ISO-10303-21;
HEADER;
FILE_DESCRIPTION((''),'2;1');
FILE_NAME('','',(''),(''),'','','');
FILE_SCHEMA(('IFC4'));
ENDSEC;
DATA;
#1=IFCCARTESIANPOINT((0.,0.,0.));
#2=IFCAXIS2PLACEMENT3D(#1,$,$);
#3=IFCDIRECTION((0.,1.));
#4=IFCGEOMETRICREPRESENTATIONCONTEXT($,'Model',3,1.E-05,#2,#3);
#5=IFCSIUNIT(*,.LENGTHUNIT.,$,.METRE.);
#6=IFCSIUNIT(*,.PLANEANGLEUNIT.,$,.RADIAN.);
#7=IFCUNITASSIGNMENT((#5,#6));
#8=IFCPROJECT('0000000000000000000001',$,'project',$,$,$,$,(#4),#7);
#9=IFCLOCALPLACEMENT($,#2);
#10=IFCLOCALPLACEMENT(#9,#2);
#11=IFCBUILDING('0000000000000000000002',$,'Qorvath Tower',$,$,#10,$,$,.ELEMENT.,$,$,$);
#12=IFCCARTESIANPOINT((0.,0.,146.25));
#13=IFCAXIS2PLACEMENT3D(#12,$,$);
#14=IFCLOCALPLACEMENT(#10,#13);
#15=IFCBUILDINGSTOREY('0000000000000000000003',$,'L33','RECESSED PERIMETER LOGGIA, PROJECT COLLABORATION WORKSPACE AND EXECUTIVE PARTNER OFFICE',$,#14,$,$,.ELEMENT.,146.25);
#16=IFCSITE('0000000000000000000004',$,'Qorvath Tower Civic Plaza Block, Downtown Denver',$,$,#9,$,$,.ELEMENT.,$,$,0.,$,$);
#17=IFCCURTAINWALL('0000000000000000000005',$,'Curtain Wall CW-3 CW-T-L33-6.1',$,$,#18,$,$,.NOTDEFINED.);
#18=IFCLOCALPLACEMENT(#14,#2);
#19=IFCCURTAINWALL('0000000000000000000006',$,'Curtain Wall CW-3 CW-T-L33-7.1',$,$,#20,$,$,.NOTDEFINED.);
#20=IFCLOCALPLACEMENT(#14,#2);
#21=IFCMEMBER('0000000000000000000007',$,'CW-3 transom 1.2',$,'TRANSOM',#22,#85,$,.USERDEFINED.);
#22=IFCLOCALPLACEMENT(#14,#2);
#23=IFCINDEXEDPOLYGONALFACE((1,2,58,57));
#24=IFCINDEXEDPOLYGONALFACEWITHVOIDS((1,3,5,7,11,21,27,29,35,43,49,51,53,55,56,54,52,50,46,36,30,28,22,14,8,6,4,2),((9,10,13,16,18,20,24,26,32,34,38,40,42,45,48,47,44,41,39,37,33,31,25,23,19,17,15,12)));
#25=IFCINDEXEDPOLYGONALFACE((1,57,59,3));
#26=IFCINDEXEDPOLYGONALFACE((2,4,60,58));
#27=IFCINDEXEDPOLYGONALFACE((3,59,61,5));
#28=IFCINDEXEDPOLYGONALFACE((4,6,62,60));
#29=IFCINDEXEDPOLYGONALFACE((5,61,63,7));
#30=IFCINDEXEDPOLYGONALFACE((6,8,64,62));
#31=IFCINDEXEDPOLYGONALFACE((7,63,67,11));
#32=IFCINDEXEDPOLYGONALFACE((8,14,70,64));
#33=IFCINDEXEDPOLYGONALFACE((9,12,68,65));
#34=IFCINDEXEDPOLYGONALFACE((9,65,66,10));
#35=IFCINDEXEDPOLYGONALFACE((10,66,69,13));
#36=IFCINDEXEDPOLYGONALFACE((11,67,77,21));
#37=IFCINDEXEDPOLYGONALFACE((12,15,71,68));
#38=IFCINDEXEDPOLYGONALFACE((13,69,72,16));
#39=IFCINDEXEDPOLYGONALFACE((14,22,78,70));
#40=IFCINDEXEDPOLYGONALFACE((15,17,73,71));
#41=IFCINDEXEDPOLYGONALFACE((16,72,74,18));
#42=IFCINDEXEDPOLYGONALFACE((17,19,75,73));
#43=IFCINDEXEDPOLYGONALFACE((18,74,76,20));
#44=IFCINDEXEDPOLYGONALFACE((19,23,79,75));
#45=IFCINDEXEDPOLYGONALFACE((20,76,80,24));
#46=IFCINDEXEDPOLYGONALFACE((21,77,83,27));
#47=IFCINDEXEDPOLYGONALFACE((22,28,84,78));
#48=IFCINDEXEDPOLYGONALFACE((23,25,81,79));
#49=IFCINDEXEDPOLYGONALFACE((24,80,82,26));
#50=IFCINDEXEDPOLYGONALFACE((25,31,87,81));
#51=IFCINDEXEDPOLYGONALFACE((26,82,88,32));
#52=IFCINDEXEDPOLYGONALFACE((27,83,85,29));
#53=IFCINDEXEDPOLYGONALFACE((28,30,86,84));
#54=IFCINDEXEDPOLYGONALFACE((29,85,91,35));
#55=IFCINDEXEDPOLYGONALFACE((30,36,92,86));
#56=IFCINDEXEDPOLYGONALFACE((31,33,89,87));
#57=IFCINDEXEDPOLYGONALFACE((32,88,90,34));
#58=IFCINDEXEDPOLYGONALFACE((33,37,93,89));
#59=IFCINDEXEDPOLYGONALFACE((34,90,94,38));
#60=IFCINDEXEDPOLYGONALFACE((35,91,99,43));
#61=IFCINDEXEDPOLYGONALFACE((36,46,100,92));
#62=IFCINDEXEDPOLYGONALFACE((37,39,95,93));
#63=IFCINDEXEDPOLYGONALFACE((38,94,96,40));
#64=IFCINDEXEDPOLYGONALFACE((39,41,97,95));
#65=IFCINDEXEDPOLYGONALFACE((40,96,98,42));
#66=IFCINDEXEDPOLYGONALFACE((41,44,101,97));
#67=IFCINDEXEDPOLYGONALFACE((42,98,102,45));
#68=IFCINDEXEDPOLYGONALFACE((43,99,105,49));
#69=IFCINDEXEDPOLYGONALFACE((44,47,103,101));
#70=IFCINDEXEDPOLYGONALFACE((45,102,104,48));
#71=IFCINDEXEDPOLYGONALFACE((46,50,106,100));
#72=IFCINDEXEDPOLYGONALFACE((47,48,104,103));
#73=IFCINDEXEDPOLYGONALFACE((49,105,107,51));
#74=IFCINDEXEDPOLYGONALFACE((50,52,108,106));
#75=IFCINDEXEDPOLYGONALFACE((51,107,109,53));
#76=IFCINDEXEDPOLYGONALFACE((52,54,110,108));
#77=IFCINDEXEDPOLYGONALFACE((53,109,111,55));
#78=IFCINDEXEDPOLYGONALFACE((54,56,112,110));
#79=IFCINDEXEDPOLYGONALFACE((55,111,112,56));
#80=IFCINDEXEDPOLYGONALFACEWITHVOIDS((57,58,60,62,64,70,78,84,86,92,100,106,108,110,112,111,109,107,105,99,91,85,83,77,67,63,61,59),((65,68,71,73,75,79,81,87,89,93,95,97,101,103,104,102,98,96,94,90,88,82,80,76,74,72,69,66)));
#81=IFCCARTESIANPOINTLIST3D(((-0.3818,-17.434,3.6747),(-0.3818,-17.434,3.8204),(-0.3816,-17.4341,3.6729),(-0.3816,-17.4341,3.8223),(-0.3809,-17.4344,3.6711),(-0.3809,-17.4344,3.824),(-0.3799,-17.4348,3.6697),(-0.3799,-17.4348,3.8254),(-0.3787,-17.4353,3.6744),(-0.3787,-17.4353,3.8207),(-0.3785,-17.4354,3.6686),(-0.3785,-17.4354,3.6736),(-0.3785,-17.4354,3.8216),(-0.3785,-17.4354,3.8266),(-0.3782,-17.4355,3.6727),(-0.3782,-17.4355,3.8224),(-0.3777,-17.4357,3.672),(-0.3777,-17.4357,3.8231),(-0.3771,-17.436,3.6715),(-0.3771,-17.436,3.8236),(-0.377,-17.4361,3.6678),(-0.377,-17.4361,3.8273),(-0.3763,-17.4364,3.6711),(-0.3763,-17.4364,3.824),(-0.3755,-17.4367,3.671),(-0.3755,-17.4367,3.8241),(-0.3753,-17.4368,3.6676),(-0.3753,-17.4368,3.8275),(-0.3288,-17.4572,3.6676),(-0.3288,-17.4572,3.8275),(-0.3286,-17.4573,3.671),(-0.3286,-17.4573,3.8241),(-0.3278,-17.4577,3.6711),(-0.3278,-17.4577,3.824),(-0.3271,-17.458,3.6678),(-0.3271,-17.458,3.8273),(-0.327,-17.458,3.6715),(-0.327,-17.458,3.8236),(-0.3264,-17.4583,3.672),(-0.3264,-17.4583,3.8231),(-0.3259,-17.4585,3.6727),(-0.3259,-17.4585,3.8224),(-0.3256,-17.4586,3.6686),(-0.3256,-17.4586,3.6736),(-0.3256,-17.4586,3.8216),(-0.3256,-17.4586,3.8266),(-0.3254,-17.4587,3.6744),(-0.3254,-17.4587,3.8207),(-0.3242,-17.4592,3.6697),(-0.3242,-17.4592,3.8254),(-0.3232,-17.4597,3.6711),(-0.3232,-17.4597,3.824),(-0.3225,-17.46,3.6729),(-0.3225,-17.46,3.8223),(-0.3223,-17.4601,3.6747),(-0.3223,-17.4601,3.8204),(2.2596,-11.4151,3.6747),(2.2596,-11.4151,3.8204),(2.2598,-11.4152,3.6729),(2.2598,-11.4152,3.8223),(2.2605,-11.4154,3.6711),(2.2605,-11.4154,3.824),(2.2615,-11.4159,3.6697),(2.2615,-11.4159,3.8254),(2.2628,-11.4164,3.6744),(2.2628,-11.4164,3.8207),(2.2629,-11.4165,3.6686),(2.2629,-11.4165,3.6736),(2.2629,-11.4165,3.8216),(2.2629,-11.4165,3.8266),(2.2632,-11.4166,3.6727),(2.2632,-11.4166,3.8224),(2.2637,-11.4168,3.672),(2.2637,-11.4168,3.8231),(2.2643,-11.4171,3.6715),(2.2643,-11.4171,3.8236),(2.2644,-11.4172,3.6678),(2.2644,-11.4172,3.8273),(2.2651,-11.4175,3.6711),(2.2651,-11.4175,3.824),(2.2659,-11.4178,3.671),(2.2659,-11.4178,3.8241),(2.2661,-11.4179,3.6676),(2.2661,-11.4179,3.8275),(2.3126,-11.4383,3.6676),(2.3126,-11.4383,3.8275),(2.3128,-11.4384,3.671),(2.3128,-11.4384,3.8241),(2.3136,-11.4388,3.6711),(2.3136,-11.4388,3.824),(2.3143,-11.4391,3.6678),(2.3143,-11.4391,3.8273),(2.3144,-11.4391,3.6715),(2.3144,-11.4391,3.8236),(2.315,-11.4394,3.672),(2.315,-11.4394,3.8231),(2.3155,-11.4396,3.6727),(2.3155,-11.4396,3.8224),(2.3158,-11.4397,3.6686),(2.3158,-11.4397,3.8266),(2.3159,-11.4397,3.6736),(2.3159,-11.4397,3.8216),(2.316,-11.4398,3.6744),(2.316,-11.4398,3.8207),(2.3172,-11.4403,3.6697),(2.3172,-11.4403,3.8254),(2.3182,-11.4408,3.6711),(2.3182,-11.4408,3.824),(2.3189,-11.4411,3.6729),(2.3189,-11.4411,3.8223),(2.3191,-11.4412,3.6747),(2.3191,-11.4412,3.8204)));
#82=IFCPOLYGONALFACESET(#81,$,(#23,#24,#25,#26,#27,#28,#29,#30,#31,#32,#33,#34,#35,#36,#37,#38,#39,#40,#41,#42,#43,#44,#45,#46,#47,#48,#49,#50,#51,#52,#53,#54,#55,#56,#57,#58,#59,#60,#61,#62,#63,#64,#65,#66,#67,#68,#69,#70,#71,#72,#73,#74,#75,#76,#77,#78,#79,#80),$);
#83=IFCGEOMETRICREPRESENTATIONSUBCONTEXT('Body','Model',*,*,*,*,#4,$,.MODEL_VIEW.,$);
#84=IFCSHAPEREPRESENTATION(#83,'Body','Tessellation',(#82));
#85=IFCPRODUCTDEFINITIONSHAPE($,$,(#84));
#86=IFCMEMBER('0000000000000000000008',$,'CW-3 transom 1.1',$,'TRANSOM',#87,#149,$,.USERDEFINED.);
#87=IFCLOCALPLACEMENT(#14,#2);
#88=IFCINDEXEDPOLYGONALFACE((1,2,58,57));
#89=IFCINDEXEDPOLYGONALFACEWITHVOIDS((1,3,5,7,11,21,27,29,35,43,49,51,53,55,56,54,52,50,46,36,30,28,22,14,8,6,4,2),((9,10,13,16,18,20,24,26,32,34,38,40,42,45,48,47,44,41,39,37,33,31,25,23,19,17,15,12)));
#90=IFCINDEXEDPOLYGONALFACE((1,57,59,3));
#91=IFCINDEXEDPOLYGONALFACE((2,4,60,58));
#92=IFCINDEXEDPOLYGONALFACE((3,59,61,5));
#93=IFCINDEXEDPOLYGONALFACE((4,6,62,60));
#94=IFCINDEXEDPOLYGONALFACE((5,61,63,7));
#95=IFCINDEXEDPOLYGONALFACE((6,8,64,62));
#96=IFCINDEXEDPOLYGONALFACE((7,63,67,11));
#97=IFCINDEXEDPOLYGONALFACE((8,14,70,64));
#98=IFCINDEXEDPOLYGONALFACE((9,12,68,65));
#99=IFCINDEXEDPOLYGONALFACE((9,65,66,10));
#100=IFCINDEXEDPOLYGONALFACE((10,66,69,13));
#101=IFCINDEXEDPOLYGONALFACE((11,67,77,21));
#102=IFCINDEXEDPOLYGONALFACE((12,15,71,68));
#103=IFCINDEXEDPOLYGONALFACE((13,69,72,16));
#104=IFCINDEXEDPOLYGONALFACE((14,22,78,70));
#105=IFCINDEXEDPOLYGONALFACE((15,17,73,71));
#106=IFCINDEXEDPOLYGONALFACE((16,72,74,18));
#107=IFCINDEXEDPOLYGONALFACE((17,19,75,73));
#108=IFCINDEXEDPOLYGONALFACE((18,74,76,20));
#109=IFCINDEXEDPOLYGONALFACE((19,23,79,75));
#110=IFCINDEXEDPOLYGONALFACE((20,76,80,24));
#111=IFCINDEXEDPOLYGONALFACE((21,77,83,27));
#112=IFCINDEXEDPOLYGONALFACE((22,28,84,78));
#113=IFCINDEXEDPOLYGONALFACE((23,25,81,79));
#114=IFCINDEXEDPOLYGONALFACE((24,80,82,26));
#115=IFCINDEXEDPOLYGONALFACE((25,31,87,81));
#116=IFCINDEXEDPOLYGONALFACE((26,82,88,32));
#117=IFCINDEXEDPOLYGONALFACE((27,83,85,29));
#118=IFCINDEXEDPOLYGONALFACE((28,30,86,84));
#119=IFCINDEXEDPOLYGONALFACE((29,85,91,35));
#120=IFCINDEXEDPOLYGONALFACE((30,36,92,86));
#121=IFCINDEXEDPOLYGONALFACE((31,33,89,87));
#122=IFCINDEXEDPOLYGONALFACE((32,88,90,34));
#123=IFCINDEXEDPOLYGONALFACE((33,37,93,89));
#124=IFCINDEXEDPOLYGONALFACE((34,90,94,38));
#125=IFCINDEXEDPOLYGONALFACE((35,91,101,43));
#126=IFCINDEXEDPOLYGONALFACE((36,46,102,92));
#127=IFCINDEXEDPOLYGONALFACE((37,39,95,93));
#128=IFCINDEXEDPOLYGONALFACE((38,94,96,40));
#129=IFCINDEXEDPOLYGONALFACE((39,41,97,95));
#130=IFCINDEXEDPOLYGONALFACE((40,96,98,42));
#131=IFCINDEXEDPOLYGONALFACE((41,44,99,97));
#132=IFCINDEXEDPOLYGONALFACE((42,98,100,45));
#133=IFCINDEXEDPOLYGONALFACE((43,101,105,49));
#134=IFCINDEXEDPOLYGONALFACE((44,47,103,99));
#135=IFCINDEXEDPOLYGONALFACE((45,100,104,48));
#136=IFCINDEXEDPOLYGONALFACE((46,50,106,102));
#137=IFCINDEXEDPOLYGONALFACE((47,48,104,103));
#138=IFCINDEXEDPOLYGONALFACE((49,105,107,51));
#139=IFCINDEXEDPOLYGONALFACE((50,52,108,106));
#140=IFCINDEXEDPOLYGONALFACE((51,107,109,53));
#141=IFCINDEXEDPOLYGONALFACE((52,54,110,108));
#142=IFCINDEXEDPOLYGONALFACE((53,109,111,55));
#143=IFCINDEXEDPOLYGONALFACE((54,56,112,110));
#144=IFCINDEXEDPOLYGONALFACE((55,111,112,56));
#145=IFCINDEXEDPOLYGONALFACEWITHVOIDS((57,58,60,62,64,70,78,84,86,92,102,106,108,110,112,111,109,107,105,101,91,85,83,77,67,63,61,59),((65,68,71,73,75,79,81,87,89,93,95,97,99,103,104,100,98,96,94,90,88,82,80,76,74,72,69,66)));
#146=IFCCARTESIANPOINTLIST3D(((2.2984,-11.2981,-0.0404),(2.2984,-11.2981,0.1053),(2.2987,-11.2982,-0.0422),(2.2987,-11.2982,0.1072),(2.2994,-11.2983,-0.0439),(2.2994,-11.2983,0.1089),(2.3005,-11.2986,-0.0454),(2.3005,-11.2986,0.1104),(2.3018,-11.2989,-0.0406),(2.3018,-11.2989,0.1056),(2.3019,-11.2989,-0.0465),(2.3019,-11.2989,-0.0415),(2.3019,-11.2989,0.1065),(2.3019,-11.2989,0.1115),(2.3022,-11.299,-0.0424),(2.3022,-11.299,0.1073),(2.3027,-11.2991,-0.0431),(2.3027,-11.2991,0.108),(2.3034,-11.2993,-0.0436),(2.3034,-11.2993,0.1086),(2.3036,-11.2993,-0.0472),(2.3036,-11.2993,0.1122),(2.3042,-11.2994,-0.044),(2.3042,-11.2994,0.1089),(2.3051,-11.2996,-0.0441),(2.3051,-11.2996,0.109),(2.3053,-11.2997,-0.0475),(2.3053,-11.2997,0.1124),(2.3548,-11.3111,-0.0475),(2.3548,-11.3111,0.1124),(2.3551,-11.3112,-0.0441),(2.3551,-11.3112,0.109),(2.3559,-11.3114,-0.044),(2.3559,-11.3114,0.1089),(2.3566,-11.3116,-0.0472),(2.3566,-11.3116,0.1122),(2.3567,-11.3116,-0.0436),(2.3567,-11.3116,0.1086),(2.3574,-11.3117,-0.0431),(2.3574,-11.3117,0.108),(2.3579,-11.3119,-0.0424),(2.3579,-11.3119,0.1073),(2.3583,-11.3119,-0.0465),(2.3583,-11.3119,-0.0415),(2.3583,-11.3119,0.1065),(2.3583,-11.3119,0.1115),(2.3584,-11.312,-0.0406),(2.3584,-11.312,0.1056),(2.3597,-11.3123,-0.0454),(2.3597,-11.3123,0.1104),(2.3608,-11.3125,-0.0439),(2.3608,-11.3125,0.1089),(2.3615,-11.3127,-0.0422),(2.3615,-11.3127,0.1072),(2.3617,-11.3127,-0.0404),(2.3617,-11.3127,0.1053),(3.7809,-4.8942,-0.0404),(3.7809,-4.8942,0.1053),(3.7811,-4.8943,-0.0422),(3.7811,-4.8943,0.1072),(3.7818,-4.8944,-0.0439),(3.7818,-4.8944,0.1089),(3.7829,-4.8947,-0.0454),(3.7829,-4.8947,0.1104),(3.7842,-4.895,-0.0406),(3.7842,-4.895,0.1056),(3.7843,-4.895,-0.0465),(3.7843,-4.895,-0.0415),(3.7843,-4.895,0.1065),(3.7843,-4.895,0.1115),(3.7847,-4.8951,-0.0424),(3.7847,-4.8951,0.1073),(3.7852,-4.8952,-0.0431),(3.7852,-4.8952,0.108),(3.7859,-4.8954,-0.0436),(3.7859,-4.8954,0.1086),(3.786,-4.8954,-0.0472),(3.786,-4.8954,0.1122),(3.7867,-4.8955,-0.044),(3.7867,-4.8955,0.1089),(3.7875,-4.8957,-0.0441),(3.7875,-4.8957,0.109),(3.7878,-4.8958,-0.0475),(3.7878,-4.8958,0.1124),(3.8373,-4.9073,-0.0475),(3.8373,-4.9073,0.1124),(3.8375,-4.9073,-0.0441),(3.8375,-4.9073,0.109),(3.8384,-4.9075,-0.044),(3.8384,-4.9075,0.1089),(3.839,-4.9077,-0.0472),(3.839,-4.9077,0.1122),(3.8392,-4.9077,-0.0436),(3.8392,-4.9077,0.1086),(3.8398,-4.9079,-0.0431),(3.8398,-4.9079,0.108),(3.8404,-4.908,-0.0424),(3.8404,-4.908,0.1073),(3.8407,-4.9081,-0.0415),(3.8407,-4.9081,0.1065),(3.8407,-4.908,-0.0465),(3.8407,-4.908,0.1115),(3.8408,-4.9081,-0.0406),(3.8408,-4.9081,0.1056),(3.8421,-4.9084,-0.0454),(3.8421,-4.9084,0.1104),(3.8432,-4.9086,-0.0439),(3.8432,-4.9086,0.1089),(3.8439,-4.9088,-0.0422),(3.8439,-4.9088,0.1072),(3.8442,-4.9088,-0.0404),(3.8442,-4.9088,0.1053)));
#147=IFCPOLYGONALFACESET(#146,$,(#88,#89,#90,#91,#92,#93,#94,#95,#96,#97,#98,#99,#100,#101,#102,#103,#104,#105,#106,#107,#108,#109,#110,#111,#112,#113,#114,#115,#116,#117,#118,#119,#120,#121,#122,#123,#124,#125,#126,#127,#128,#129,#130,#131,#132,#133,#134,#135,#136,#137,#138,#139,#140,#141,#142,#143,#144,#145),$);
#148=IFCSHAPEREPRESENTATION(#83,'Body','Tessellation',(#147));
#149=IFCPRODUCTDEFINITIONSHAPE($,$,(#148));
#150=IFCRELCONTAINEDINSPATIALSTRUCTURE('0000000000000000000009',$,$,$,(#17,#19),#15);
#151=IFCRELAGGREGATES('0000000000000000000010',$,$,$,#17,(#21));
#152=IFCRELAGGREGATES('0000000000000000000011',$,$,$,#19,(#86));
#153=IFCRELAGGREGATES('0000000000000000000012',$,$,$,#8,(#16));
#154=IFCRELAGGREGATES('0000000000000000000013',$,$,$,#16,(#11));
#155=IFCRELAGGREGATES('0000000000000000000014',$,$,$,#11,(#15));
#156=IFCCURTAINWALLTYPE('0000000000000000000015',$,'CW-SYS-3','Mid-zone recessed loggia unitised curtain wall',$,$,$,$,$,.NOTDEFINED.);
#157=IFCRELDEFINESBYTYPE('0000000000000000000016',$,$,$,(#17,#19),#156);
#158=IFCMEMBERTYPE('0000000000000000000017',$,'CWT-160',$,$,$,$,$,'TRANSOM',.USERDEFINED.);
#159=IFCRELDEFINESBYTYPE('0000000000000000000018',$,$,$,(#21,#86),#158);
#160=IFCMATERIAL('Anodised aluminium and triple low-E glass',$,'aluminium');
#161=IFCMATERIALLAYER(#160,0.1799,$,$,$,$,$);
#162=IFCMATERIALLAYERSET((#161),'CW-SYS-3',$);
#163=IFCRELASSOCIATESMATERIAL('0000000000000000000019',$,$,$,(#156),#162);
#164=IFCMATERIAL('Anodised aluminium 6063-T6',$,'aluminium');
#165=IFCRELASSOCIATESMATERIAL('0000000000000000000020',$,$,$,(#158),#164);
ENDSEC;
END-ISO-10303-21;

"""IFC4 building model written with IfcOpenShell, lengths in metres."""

from ifc_helpers import new_model, si_unit, direction, frame, origin, origin_2d, place, context, subcontext, project, spatial, hollow_rectangle, extrude, material, layer, layer_set, material_profile, profile_set, type_object, element, aggregate, save


model = new_model("IFC4")

# Units and contexts
model_context = context("Model", 3, precision=1e-05, world=origin(), true_north=direction((0.0, 1.0)))
body_context = subcontext(model_context, "Body", "Model", "MODEL_VIEW")
ifc_project = project(units=[si_unit("LENGTHUNIT", "METRE"), si_unit("PLANEANGLEUNIT", "RADIAN")], contexts=[model_context])

# Site, building, storey
site_placement = place(None, origin())
site = spatial("IfcSite", under=ifc_project, at=site_placement, Name="Qorvath Tower Civic Plaza Block, Downtown Denver", CompositionType="ELEMENT", RefElevation=0.0)
building_placement = place(site_placement, origin())
building = spatial("IfcBuilding", under=site, at=building_placement, Name="Qorvath Tower", CompositionType="ELEMENT")
storey_placement = place(building_placement, frame((0.0, 0.0, 146.25)))
storey = spatial("IfcBuildingStorey", under=building, at=storey_placement, Name="L33", Description="RECESSED PERIMETER LOGGIA, PROJECT COLLABORATION WORKSPACE AND EXECUTIVE PARTNER OFFICE", CompositionType="ELEMENT", Elevation=146.25)

# Curtain walls
ifc_material_1 = material(Name="Anodised aluminium and triple low-E glass", Category="aluminium")
ifc_layer_1 = layer(ifc_material_1, 0.1799)
ifc_layer_set_1 = layer_set([ifc_layer_1], Name="CW-SYS-3")
curtain_wall_type = type_object("IfcCurtainWallType", Name="CW-SYS-3", Description="Mid-zone recessed loggia unitised curtain wall", PredefinedType="NOTDEFINED", material=ifc_layer_set_1)
curtain_wall_1_placement = place(storey_placement, origin())
curtain_wall_1 = element("IfcCurtainWall", 1, at=curtain_wall_1_placement, inside=storey, type_object=curtain_wall_type, Name="Curtain Wall CW-3 CW-T-L33-6.1", PredefinedType="NOTDEFINED")
curtain_wall_2_placement = place(storey_placement, origin())
curtain_wall_2 = element("IfcCurtainWall", 2, at=curtain_wall_2_placement, inside=storey, type_object=curtain_wall_type, Name="Curtain Wall CW-3 CW-T-L33-7.1", PredefinedType="NOTDEFINED")

# Members
ifc_material_2 = material(Name="Anodised aluminium 6063-T6", Category="aluminium")
ifc_material_profile_1 = material_profile(ifc_material_2, hollow_rectangle(XDim=0.0649, YDim=0.1599, WallThickness=0.0034, InnerFilletRadius=0.0034, OuterFilletRadius=0.0071, at=origin_2d()), Name="CWT 160x65")
ifc_profile_set_1 = profile_set([ifc_material_profile_1], Name="Anodised aluminium 6063-T6")
member_type_1 = type_object("IfcMemberType", Name="CWT-160", ElementType="TRANSOM", PredefinedType="USERDEFINED", material=ifc_profile_set_1)
member_1_placement = place(storey_placement, frame((-0.3521, -17.447, 3.7476), z_axis=(0.401857, 0.915702, 0.0), x_axis=(-0.915702, 0.401857, 0.0)))
member_1 = element("IfcMember", 3, at=member_1_placement, type_object=member_type_1, Name="CW-3 transom 1.2", ObjectType="TRANSOM", PredefinedType="USERDEFINED", context=body_context, shape_type="SweptSolid", body=[
    extrude(hollow_rectangle(XDim=0.0649, YDim=0.1599, WallThickness=0.0034, InnerFilletRadius=0.0034, OuterFilletRadius=0.0071, at=origin_2d()), origin(), (0.0, 0.0, 1.0), 6.573),
])
member_2_placement = place(storey_placement, frame((2.3301, -11.3054, 0.0325), z_axis=(0.225527, 0.974237, 0.0), x_axis=(-0.974237, 0.225527, 0.0)))
member_2 = element("IfcMember", 4, at=member_2_placement, type_object=member_type_1, Name="CW-3 transom 1.1", ObjectType="TRANSOM", PredefinedType="USERDEFINED", context=body_context, shape_type="SweptSolid", body=[
    extrude(hollow_rectangle(XDim=0.0649, YDim=0.1599, WallThickness=0.0034, InnerFilletRadius=0.0034, OuterFilletRadius=0.0071, at=origin_2d()), origin(), (0.0, 0.0, 1.0), 6.5732),
])

aggregate(curtain_wall_1, [member_1])
aggregate(curtain_wall_2, [member_2])

save(model, "model.ifc")
